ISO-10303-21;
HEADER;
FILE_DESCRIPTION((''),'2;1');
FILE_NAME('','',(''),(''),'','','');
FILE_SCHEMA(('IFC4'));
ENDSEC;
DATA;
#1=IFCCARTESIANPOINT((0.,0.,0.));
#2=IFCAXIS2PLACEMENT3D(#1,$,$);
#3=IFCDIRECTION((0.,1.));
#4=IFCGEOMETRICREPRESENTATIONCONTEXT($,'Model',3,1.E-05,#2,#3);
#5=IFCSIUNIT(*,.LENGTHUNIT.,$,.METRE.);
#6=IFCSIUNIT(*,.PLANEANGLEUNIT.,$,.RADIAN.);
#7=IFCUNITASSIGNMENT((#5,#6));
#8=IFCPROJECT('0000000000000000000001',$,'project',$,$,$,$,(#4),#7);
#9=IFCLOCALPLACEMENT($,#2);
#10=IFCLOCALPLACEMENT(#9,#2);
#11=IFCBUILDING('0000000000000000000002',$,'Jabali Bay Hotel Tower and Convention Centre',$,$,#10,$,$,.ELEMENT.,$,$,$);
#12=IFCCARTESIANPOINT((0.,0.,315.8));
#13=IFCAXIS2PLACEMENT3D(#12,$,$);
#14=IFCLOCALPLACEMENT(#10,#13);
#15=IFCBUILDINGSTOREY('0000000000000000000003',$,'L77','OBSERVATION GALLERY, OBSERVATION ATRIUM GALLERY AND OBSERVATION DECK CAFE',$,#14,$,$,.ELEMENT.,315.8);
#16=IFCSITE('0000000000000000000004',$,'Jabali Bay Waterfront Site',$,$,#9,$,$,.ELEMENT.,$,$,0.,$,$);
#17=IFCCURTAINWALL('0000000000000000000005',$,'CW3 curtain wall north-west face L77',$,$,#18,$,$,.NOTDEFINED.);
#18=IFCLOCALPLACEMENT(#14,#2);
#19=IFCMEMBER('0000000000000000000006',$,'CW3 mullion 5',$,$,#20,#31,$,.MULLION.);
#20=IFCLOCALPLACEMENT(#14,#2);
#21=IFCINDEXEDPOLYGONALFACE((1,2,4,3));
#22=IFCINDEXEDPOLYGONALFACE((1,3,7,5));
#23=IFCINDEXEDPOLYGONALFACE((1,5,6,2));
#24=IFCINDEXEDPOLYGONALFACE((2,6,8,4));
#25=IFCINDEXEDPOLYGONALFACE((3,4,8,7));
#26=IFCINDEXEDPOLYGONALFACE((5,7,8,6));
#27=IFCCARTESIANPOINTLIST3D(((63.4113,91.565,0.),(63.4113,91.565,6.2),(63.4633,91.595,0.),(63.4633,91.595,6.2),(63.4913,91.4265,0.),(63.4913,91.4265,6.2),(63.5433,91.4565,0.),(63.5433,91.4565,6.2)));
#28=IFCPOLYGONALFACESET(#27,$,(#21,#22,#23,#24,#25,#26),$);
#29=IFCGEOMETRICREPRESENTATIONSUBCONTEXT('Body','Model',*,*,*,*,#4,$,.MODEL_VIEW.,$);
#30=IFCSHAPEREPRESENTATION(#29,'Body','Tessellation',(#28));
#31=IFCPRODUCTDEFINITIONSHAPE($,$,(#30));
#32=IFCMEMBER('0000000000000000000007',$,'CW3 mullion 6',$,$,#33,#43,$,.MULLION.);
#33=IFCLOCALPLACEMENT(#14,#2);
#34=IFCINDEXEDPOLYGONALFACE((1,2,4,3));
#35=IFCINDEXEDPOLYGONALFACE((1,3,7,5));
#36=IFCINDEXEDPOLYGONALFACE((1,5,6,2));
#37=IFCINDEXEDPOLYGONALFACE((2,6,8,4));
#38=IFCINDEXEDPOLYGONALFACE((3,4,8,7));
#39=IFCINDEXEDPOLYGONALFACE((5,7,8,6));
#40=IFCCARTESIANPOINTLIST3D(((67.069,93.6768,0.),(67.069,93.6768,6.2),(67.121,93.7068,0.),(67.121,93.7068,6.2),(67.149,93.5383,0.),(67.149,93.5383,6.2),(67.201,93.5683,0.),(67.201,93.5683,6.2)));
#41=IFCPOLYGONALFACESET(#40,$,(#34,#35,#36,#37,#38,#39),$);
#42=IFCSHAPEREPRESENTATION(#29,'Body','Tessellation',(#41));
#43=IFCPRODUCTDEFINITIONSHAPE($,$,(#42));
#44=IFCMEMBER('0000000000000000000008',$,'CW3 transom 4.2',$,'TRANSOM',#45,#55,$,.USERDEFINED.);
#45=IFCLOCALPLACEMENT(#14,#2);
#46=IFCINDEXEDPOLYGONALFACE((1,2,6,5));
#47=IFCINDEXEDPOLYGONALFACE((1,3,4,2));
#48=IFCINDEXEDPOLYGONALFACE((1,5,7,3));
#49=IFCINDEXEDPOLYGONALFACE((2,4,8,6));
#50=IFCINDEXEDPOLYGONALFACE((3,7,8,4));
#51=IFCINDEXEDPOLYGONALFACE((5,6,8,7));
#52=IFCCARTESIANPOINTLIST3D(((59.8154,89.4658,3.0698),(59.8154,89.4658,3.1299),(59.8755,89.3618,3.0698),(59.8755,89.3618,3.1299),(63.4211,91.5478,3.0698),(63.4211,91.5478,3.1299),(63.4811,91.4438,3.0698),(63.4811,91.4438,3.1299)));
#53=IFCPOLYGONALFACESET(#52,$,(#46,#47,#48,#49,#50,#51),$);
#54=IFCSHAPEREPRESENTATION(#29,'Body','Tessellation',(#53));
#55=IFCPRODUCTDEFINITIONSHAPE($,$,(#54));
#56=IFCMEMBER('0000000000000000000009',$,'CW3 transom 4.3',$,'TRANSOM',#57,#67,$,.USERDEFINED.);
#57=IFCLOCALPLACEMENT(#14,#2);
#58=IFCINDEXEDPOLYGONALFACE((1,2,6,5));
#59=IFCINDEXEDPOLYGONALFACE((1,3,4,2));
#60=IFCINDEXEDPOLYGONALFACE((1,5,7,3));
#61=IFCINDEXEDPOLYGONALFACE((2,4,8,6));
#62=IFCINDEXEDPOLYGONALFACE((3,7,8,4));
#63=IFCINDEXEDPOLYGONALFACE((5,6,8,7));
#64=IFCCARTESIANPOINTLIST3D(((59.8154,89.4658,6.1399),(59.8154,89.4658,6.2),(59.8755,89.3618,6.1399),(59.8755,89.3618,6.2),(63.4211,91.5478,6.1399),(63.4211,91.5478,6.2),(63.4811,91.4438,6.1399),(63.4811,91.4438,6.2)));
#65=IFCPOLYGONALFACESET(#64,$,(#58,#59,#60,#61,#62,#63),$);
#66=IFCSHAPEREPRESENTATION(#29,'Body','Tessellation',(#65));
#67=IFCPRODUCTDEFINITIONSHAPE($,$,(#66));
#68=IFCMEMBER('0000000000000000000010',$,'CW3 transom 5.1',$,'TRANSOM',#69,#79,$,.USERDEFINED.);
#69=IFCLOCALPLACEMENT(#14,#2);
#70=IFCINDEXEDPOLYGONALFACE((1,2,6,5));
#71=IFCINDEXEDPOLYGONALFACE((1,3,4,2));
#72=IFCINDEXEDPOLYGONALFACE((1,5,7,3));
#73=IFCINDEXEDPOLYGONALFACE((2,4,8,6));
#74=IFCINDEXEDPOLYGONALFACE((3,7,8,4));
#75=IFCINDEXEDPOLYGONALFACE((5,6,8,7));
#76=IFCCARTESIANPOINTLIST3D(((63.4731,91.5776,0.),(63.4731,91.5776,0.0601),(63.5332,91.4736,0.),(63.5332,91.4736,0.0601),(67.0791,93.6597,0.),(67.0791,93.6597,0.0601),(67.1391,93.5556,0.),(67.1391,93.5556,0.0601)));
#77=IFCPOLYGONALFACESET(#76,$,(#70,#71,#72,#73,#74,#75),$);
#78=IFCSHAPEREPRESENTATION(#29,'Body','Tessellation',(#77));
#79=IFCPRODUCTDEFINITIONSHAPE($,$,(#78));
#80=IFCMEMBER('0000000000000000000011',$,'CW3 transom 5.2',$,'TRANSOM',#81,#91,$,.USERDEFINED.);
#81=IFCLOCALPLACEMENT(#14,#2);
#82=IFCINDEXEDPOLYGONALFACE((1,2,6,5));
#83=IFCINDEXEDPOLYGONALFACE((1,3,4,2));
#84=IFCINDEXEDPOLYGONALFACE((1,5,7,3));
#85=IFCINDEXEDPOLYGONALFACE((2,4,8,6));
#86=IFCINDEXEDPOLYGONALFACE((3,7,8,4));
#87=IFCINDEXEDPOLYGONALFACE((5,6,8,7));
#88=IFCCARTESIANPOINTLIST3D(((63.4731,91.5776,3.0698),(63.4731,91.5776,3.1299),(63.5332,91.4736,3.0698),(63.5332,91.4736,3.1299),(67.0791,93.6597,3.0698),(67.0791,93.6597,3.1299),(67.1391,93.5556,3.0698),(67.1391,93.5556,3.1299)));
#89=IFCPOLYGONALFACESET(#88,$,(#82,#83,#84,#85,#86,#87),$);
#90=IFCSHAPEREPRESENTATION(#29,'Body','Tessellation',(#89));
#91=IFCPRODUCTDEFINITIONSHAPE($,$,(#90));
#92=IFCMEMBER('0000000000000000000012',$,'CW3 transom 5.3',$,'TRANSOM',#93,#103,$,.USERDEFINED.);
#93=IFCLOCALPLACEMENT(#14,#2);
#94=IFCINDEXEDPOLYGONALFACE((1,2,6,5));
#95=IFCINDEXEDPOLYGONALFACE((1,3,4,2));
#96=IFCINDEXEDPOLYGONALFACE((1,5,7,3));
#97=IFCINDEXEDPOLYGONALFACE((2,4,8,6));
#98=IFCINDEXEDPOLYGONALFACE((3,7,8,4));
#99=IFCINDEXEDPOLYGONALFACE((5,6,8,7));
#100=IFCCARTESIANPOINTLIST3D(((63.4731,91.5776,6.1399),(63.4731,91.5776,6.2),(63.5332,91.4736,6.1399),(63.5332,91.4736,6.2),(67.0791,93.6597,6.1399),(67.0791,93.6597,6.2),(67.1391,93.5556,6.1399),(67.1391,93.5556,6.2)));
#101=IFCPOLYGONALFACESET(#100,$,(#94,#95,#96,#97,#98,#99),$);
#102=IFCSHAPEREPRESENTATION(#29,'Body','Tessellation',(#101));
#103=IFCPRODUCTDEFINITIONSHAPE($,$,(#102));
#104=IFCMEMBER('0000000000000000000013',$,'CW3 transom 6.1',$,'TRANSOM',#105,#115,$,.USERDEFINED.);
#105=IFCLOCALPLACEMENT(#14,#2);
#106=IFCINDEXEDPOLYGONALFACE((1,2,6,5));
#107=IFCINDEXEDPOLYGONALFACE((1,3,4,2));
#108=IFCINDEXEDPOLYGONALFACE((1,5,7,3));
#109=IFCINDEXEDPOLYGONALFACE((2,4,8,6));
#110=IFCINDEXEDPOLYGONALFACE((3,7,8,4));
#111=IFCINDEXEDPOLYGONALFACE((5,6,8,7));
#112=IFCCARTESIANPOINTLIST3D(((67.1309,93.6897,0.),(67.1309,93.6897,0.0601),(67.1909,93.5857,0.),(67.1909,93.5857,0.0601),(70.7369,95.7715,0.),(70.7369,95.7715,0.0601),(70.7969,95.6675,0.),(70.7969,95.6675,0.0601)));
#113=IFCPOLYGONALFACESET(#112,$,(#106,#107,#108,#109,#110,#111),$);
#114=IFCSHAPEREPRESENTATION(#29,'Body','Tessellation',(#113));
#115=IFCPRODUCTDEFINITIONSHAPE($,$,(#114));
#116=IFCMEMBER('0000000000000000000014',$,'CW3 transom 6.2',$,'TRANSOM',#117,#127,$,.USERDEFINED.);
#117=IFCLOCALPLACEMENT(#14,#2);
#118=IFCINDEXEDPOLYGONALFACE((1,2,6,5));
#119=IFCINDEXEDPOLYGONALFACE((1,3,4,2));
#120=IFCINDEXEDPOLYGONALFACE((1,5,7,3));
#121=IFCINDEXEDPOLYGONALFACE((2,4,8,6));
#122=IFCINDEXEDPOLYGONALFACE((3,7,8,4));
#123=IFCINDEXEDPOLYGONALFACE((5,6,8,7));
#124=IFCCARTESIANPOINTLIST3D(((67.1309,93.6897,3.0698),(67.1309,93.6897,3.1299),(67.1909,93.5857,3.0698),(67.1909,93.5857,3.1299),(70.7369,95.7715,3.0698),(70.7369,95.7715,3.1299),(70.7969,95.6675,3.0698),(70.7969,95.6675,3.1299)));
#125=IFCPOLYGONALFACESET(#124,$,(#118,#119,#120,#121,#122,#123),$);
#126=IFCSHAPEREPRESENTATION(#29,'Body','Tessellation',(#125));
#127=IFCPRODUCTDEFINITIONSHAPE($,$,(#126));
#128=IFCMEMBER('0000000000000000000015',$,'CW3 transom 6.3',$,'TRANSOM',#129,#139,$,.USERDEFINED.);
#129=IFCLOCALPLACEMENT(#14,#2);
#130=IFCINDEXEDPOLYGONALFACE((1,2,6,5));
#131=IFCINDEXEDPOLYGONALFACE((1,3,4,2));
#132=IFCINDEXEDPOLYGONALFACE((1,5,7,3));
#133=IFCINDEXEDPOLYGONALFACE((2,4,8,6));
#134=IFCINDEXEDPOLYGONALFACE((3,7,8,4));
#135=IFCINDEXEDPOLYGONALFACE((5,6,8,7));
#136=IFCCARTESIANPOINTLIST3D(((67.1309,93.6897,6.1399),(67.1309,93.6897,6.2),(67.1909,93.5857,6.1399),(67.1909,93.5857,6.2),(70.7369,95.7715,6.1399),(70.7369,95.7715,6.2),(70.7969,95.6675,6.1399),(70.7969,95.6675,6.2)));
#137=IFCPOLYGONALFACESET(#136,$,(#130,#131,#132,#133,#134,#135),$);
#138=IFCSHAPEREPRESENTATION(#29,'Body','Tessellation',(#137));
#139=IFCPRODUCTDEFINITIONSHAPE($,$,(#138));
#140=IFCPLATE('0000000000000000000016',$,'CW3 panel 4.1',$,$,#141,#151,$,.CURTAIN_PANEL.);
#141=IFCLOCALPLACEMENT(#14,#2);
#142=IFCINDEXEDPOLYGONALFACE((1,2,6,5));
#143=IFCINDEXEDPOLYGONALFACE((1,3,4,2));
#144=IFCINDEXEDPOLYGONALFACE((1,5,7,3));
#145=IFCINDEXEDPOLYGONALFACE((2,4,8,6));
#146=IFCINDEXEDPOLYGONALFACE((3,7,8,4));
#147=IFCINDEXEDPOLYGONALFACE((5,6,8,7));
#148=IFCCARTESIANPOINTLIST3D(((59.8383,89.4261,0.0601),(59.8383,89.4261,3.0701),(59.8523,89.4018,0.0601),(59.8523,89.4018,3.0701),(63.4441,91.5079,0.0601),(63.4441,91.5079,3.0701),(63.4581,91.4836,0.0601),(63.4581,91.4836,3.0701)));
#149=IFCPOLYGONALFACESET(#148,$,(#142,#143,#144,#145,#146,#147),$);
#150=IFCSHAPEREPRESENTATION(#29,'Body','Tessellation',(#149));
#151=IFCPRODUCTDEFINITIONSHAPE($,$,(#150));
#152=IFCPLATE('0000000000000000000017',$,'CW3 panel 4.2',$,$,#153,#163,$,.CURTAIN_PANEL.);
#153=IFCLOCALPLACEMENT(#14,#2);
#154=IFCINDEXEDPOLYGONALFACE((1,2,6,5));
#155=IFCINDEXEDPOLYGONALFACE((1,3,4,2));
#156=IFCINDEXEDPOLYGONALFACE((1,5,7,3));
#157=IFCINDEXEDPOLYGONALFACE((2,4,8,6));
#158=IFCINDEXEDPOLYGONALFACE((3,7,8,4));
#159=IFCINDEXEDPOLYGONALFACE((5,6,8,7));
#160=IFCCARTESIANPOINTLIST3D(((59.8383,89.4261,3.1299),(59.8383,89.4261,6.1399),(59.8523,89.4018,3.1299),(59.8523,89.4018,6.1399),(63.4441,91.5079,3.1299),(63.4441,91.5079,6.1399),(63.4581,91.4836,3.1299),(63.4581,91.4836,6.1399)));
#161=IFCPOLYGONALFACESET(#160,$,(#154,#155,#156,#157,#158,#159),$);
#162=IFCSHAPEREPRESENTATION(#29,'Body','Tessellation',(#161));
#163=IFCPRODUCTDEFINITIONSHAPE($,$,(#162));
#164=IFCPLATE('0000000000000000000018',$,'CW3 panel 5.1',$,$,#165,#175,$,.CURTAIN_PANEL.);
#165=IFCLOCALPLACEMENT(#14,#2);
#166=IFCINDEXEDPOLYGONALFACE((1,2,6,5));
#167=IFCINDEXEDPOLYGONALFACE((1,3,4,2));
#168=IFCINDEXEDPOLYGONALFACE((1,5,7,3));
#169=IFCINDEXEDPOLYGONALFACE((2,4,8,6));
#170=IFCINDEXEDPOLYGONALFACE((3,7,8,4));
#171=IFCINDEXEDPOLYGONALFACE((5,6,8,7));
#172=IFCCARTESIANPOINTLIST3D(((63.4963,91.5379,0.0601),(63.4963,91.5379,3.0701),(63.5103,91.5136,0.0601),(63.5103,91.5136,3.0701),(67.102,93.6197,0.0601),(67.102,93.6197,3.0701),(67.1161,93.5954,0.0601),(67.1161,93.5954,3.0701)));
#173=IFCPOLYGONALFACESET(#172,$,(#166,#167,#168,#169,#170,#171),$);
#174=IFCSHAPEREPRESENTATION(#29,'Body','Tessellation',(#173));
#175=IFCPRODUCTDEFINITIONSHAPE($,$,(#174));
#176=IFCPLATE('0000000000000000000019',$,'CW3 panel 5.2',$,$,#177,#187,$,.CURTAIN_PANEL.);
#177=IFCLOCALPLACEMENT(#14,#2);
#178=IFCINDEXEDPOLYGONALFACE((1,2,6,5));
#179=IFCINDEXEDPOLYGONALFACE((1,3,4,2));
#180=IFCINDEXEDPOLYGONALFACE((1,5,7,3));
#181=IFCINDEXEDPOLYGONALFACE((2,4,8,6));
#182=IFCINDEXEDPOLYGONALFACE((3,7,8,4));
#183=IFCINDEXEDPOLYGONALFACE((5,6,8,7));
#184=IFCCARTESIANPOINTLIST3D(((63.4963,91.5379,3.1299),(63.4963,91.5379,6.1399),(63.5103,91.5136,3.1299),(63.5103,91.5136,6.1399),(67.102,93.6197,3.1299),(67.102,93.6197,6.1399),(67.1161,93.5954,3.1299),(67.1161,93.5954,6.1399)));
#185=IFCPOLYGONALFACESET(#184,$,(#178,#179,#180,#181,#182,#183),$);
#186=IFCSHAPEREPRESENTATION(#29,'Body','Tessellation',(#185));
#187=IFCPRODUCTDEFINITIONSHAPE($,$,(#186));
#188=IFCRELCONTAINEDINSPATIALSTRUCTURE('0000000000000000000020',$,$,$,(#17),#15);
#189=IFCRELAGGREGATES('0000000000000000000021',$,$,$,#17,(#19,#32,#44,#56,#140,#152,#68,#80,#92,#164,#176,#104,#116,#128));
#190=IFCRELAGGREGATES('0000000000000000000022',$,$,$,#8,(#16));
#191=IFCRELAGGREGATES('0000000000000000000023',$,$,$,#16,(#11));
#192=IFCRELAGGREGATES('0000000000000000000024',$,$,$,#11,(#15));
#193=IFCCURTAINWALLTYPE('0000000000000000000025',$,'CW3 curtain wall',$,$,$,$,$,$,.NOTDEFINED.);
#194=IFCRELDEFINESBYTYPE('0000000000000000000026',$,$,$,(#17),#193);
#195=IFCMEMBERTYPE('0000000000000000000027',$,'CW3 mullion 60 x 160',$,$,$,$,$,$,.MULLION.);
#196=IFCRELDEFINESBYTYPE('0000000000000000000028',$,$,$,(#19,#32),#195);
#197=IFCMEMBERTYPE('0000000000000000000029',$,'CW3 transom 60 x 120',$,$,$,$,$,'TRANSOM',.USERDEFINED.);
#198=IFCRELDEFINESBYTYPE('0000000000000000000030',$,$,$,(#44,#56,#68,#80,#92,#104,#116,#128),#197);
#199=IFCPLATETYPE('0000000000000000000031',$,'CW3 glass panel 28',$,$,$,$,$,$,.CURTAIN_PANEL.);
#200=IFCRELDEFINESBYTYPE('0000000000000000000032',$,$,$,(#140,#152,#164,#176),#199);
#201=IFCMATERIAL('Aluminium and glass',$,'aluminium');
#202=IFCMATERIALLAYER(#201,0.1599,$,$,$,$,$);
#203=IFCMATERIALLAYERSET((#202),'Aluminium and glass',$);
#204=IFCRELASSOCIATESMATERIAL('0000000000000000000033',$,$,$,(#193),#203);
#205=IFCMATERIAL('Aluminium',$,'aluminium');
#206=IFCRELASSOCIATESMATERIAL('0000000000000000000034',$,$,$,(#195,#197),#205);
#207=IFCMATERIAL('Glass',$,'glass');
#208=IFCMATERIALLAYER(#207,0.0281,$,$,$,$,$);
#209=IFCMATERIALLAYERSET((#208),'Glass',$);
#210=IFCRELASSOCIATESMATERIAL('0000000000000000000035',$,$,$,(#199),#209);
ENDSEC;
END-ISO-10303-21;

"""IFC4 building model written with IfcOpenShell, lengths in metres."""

from ifc_helpers import new_model, si_unit, direction, frame, origin, origin_2d, place, context, subcontext, project, spatial, rectangle, extrude, material, layer, layer_set, material_profile, profile_set, type_object, element, aggregate, save


model = new_model("IFC4")

# Units and contexts
model_context = context("Model", 3, precision=1e-05, world=origin(), true_north=direction((0.0, 1.0)))
body_context = subcontext(model_context, "Body", "Model", "MODEL_VIEW")
ifc_project = project(units=[si_unit("LENGTHUNIT", "METRE"), si_unit("PLANEANGLEUNIT", "RADIAN")], contexts=[model_context])

# Site, building, storey
site_placement = place(None, origin())
site = spatial("IfcSite", under=ifc_project, at=site_placement, Name="Jabali Bay Waterfront Site", CompositionType="ELEMENT", RefElevation=0.0)
building_placement = place(site_placement, origin())
building = spatial("IfcBuilding", under=site, at=building_placement, Name="Jabali Bay Hotel Tower and Convention Centre", CompositionType="ELEMENT")
storey_placement = place(building_placement, frame((0.0, 0.0, 315.8)))
storey = spatial("IfcBuildingStorey", under=building, at=storey_placement, Name="L77", Description="OBSERVATION GALLERY, OBSERVATION ATRIUM GALLERY AND OBSERVATION DECK CAFE", CompositionType="ELEMENT", Elevation=315.8)

# Curtain wall, members, plates
ifc_material_1 = material(Name="Aluminium and glass", Category="aluminium")
ifc_layer_1 = layer(ifc_material_1, 0.1599)
ifc_layer_set_1 = layer_set([ifc_layer_1], Name="Aluminium and glass")
curtain_wall_type = type_object("IfcCurtainWallType", Name="CW3 curtain wall", PredefinedType="NOTDEFINED", material=ifc_layer_set_1)
curtain_wall_placement = place(storey_placement, origin())
curtain_wall = element("IfcCurtainWall", 1, at=curtain_wall_placement, inside=storey, type_object=curtain_wall_type, Name="CW3 curtain wall north-west face L77", PredefinedType="NOTDEFINED")
ifc_material_2 = material(Name="Aluminium", Category="aluminium")
ifc_material_profile_1 = material_profile(ifc_material_2, rectangle(XDim=0.1599, YDim=0.0601, at=origin_2d()), Name="CW3 mullion 60 x 160")
ifc_profile_set_1 = profile_set([ifc_material_profile_1], Name="Aluminium")
member_type_1 = type_object("IfcMemberType", Name="CW3 mullion 60 x 160", PredefinedType="MULLION", material=ifc_profile_set_1)
member_1_placement = place(storey_placement, frame((63.4773, 91.5107, 0.0), z_axis=(0.0, 0.0, 1.0), x_axis=(-0.5, 0.866025, 0.0)))
member_1 = element("IfcMember", 2, at=member_1_placement, type_object=member_type_1, Name="CW3 mullion 5", PredefinedType="MULLION", context=body_context, shape_type="SweptSolid", body=[
    extrude(rectangle(XDim=0.1599, YDim=0.0601, at=origin_2d()), origin(), (0.0, 0.0, 1.0), 6.2),
])
member_2_placement = place(storey_placement, frame((67.135, 93.6226, 0.0), z_axis=(0.0, 0.0, 1.0), x_axis=(-0.5, 0.866025, 0.0)))
member_2 = element("IfcMember", 3, at=member_2_placement, type_object=member_type_1, Name="CW3 mullion 6", PredefinedType="MULLION", context=body_context, shape_type="SweptSolid", body=[
    extrude(rectangle(XDim=0.1599, YDim=0.0601, at=origin_2d()), origin(), (0.0, 0.0, 1.0), 6.2),
])
ifc_material_profile_2 = material_profile(ifc_material_2, rectangle(XDim=0.1201, YDim=0.0601, at=origin_2d()), Name="CW3 transom 60 x 120")
ifc_profile_set_2 = profile_set([ifc_material_profile_2], Name="Aluminium")
member_type_2 = type_object("IfcMemberType", Name="CW3 transom 60 x 120", ElementType="TRANSOM", PredefinedType="USERDEFINED", material=ifc_profile_set_2)
member_3_placement = place(storey_placement, frame((59.8455, 89.4138, 3.0999), z_axis=(0.865997, 0.500049, 0.0), x_axis=(-0.500049, 0.865997, 0.0)))
member_3 = element("IfcMember", 4, at=member_3_placement, type_object=member_type_2, Name="CW3 transom 4.2", ObjectType="TRANSOM", PredefinedType="USERDEFINED", context=body_context, shape_type="SweptSolid", body=[
    extrude(rectangle(XDim=0.1201, YDim=0.0601, at=origin_2d()), origin(), (0.0, 0.0, 1.0), 4.1636),
])
member_4_placement = place(storey_placement, frame((59.8455, 89.4138, 6.1699), z_axis=(0.865997, 0.500049, 0.0), x_axis=(-0.500049, 0.865997, 0.0)))
member_4 = element("IfcMember", 5, at=member_4_placement, type_object=member_type_2, Name="CW3 transom 4.3", ObjectType="TRANSOM", PredefinedType="USERDEFINED", context=body_context, shape_type="SweptSolid", body=[
    extrude(rectangle(XDim=0.1201, YDim=0.0601, at=origin_2d()), origin(), (0.0, 0.0, 1.0), 4.1636),
])
member_5_placement = place(storey_placement, frame((63.5032, 91.5256, 0.03), z_axis=(0.866012, 0.500024, 0.0), x_axis=(-0.500024, 0.866012, 0.0)))
member_5 = element("IfcMember", 6, at=member_5_placement, type_object=member_type_2, Name="CW3 transom 5.1", ObjectType="TRANSOM", PredefinedType="USERDEFINED", context=body_context, shape_type="SweptSolid", body=[
    extrude(rectangle(XDim=0.1201, YDim=0.0601, at=origin_2d()), origin(), (0.0, 0.0, 1.0), 4.1638),
])
member_6_placement = place(storey_placement, frame((63.5032, 91.5256, 3.0999), z_axis=(0.866012, 0.500024, 0.0), x_axis=(-0.500024, 0.866012, 0.0)))
member_6 = element("IfcMember", 7, at=member_6_placement, type_object=member_type_2, Name="CW3 transom 5.2", ObjectType="TRANSOM", PredefinedType="USERDEFINED", context=body_context, shape_type="SweptSolid", body=[
    extrude(rectangle(XDim=0.1201, YDim=0.0601, at=origin_2d()), origin(), (0.0, 0.0, 1.0), 4.1638),
])
member_7_placement = place(storey_placement, frame((63.5032, 91.5256, 6.1699), z_axis=(0.866012, 0.500024, 0.0), x_axis=(-0.500024, 0.866012, 0.0)))
member_7 = element("IfcMember", 8, at=member_7_placement, type_object=member_type_2, Name="CW3 transom 5.3", ObjectType="TRANSOM", PredefinedType="USERDEFINED", context=body_context, shape_type="SweptSolid", body=[
    extrude(rectangle(XDim=0.1201, YDim=0.0601, at=origin_2d()), origin(), (0.0, 0.0, 1.0), 4.1638),
])
member_8_placement = place(storey_placement, frame((67.1609, 93.6377, 0.03), z_axis=(0.866037, 0.49998, 0.0), x_axis=(-0.49998, 0.866037, 0.0)))
member_8 = element("IfcMember", 9, at=member_8_placement, type_object=member_type_2, Name="CW3 transom 6.1", ObjectType="TRANSOM", PredefinedType="USERDEFINED", context=body_context, shape_type="SweptSolid", body=[
    extrude(rectangle(XDim=0.1201, YDim=0.0601, at=origin_2d()), origin(), (0.0, 0.0, 1.0), 4.1638),
])
member_9_placement = place(storey_placement, frame((67.1609, 93.6377, 3.0999), z_axis=(0.866037, 0.49998, 0.0), x_axis=(-0.49998, 0.866037, 0.0)))
member_9 = element("IfcMember", 10, at=member_9_placement, type_object=member_type_2, Name="CW3 transom 6.2", ObjectType="TRANSOM", PredefinedType="USERDEFINED", context=body_context, shape_type="SweptSolid", body=[
    extrude(rectangle(XDim=0.1201, YDim=0.0601, at=origin_2d()), origin(), (0.0, 0.0, 1.0), 4.1638),
])
member_10_placement = place(storey_placement, frame((67.1609, 93.6377, 6.1699), z_axis=(0.866037, 0.49998, 0.0), x_axis=(-0.49998, 0.866037, 0.0)))
member_10 = element("IfcMember", 11, at=member_10_placement, type_object=member_type_2, Name="CW3 transom 6.3", ObjectType="TRANSOM", PredefinedType="USERDEFINED", context=body_context, shape_type="SweptSolid", body=[
    extrude(rectangle(XDim=0.1201, YDim=0.0601, at=origin_2d()), origin(), (0.0, 0.0, 1.0), 4.1638),
])
ifc_material_3 = material(Name="Glass", Category="glass")
ifc_layer_2 = layer(ifc_material_3, 0.0281)
ifc_layer_set_2 = layer_set([ifc_layer_2], Name="Glass")
plate_type = type_object("IfcPlateType", Name="CW3 glass panel 28", PredefinedType="CURTAIN_PANEL", material=ifc_layer_set_2)
plate_1_placement = place(storey_placement, frame((61.6482, 90.4548, 0.0601), z_axis=(0.0, 0.0, 1.0), x_axis=(0.866025, 0.5, 0.0)))
plate_1 = element("IfcPlate", 12, at=plate_1_placement, type_object=plate_type, Name="CW3 panel 4.1", PredefinedType="CURTAIN_PANEL", context=body_context, shape_type="SweptSolid", body=[
    extrude(rectangle(XDim=4.1636, YDim=0.0281, at=origin_2d()), origin(), (0.0, 0.0, 1.0), 3.01),
])
plate_2_placement = place(storey_placement, frame((61.6482, 90.4548, 3.1299), z_axis=(0.0, 0.0, 1.0), x_axis=(0.866025, 0.5, 0.0)))
plate_2 = element("IfcPlate", 13, at=plate_2_placement, type_object=plate_type, Name="CW3 panel 4.2", PredefinedType="CURTAIN_PANEL", context=body_context, shape_type="SweptSolid", body=[
    extrude(rectangle(XDim=4.1636, YDim=0.0281, at=origin_2d()), origin(), (0.0, 0.0, 1.0), 3.01),
])
plate_3_placement = place(storey_placement, frame((65.3062, 92.5667, 0.0601), z_axis=(0.0, 0.0, 1.0), x_axis=(0.866025, 0.5, 0.0)))
plate_3 = element("IfcPlate", 14, at=plate_3_placement, type_object=plate_type, Name="CW3 panel 5.1", PredefinedType="CURTAIN_PANEL", context=body_context, shape_type="SweptSolid", body=[
    extrude(rectangle(XDim=4.1636, YDim=0.0281, at=origin_2d()), origin(), (0.0, 0.0, 1.0), 3.01),
])
plate_4_placement = place(storey_placement, frame((65.3062, 92.5667, 3.1299), z_axis=(0.0, 0.0, 1.0), x_axis=(0.866025, 0.5, 0.0)))
plate_4 = element("IfcPlate", 15, at=plate_4_placement, type_object=plate_type, Name="CW3 panel 5.2", PredefinedType="CURTAIN_PANEL", context=body_context, shape_type="SweptSolid", body=[
    extrude(rectangle(XDim=4.1636, YDim=0.0281, at=origin_2d()), origin(), (0.0, 0.0, 1.0), 3.01),
])
aggregate(curtain_wall, [member_1, member_2, member_3, member_4, plate_1, plate_2, member_5, member_6, member_7, plate_3, plate_4, member_8, member_9, member_10])

save(model, "model.ifc")
